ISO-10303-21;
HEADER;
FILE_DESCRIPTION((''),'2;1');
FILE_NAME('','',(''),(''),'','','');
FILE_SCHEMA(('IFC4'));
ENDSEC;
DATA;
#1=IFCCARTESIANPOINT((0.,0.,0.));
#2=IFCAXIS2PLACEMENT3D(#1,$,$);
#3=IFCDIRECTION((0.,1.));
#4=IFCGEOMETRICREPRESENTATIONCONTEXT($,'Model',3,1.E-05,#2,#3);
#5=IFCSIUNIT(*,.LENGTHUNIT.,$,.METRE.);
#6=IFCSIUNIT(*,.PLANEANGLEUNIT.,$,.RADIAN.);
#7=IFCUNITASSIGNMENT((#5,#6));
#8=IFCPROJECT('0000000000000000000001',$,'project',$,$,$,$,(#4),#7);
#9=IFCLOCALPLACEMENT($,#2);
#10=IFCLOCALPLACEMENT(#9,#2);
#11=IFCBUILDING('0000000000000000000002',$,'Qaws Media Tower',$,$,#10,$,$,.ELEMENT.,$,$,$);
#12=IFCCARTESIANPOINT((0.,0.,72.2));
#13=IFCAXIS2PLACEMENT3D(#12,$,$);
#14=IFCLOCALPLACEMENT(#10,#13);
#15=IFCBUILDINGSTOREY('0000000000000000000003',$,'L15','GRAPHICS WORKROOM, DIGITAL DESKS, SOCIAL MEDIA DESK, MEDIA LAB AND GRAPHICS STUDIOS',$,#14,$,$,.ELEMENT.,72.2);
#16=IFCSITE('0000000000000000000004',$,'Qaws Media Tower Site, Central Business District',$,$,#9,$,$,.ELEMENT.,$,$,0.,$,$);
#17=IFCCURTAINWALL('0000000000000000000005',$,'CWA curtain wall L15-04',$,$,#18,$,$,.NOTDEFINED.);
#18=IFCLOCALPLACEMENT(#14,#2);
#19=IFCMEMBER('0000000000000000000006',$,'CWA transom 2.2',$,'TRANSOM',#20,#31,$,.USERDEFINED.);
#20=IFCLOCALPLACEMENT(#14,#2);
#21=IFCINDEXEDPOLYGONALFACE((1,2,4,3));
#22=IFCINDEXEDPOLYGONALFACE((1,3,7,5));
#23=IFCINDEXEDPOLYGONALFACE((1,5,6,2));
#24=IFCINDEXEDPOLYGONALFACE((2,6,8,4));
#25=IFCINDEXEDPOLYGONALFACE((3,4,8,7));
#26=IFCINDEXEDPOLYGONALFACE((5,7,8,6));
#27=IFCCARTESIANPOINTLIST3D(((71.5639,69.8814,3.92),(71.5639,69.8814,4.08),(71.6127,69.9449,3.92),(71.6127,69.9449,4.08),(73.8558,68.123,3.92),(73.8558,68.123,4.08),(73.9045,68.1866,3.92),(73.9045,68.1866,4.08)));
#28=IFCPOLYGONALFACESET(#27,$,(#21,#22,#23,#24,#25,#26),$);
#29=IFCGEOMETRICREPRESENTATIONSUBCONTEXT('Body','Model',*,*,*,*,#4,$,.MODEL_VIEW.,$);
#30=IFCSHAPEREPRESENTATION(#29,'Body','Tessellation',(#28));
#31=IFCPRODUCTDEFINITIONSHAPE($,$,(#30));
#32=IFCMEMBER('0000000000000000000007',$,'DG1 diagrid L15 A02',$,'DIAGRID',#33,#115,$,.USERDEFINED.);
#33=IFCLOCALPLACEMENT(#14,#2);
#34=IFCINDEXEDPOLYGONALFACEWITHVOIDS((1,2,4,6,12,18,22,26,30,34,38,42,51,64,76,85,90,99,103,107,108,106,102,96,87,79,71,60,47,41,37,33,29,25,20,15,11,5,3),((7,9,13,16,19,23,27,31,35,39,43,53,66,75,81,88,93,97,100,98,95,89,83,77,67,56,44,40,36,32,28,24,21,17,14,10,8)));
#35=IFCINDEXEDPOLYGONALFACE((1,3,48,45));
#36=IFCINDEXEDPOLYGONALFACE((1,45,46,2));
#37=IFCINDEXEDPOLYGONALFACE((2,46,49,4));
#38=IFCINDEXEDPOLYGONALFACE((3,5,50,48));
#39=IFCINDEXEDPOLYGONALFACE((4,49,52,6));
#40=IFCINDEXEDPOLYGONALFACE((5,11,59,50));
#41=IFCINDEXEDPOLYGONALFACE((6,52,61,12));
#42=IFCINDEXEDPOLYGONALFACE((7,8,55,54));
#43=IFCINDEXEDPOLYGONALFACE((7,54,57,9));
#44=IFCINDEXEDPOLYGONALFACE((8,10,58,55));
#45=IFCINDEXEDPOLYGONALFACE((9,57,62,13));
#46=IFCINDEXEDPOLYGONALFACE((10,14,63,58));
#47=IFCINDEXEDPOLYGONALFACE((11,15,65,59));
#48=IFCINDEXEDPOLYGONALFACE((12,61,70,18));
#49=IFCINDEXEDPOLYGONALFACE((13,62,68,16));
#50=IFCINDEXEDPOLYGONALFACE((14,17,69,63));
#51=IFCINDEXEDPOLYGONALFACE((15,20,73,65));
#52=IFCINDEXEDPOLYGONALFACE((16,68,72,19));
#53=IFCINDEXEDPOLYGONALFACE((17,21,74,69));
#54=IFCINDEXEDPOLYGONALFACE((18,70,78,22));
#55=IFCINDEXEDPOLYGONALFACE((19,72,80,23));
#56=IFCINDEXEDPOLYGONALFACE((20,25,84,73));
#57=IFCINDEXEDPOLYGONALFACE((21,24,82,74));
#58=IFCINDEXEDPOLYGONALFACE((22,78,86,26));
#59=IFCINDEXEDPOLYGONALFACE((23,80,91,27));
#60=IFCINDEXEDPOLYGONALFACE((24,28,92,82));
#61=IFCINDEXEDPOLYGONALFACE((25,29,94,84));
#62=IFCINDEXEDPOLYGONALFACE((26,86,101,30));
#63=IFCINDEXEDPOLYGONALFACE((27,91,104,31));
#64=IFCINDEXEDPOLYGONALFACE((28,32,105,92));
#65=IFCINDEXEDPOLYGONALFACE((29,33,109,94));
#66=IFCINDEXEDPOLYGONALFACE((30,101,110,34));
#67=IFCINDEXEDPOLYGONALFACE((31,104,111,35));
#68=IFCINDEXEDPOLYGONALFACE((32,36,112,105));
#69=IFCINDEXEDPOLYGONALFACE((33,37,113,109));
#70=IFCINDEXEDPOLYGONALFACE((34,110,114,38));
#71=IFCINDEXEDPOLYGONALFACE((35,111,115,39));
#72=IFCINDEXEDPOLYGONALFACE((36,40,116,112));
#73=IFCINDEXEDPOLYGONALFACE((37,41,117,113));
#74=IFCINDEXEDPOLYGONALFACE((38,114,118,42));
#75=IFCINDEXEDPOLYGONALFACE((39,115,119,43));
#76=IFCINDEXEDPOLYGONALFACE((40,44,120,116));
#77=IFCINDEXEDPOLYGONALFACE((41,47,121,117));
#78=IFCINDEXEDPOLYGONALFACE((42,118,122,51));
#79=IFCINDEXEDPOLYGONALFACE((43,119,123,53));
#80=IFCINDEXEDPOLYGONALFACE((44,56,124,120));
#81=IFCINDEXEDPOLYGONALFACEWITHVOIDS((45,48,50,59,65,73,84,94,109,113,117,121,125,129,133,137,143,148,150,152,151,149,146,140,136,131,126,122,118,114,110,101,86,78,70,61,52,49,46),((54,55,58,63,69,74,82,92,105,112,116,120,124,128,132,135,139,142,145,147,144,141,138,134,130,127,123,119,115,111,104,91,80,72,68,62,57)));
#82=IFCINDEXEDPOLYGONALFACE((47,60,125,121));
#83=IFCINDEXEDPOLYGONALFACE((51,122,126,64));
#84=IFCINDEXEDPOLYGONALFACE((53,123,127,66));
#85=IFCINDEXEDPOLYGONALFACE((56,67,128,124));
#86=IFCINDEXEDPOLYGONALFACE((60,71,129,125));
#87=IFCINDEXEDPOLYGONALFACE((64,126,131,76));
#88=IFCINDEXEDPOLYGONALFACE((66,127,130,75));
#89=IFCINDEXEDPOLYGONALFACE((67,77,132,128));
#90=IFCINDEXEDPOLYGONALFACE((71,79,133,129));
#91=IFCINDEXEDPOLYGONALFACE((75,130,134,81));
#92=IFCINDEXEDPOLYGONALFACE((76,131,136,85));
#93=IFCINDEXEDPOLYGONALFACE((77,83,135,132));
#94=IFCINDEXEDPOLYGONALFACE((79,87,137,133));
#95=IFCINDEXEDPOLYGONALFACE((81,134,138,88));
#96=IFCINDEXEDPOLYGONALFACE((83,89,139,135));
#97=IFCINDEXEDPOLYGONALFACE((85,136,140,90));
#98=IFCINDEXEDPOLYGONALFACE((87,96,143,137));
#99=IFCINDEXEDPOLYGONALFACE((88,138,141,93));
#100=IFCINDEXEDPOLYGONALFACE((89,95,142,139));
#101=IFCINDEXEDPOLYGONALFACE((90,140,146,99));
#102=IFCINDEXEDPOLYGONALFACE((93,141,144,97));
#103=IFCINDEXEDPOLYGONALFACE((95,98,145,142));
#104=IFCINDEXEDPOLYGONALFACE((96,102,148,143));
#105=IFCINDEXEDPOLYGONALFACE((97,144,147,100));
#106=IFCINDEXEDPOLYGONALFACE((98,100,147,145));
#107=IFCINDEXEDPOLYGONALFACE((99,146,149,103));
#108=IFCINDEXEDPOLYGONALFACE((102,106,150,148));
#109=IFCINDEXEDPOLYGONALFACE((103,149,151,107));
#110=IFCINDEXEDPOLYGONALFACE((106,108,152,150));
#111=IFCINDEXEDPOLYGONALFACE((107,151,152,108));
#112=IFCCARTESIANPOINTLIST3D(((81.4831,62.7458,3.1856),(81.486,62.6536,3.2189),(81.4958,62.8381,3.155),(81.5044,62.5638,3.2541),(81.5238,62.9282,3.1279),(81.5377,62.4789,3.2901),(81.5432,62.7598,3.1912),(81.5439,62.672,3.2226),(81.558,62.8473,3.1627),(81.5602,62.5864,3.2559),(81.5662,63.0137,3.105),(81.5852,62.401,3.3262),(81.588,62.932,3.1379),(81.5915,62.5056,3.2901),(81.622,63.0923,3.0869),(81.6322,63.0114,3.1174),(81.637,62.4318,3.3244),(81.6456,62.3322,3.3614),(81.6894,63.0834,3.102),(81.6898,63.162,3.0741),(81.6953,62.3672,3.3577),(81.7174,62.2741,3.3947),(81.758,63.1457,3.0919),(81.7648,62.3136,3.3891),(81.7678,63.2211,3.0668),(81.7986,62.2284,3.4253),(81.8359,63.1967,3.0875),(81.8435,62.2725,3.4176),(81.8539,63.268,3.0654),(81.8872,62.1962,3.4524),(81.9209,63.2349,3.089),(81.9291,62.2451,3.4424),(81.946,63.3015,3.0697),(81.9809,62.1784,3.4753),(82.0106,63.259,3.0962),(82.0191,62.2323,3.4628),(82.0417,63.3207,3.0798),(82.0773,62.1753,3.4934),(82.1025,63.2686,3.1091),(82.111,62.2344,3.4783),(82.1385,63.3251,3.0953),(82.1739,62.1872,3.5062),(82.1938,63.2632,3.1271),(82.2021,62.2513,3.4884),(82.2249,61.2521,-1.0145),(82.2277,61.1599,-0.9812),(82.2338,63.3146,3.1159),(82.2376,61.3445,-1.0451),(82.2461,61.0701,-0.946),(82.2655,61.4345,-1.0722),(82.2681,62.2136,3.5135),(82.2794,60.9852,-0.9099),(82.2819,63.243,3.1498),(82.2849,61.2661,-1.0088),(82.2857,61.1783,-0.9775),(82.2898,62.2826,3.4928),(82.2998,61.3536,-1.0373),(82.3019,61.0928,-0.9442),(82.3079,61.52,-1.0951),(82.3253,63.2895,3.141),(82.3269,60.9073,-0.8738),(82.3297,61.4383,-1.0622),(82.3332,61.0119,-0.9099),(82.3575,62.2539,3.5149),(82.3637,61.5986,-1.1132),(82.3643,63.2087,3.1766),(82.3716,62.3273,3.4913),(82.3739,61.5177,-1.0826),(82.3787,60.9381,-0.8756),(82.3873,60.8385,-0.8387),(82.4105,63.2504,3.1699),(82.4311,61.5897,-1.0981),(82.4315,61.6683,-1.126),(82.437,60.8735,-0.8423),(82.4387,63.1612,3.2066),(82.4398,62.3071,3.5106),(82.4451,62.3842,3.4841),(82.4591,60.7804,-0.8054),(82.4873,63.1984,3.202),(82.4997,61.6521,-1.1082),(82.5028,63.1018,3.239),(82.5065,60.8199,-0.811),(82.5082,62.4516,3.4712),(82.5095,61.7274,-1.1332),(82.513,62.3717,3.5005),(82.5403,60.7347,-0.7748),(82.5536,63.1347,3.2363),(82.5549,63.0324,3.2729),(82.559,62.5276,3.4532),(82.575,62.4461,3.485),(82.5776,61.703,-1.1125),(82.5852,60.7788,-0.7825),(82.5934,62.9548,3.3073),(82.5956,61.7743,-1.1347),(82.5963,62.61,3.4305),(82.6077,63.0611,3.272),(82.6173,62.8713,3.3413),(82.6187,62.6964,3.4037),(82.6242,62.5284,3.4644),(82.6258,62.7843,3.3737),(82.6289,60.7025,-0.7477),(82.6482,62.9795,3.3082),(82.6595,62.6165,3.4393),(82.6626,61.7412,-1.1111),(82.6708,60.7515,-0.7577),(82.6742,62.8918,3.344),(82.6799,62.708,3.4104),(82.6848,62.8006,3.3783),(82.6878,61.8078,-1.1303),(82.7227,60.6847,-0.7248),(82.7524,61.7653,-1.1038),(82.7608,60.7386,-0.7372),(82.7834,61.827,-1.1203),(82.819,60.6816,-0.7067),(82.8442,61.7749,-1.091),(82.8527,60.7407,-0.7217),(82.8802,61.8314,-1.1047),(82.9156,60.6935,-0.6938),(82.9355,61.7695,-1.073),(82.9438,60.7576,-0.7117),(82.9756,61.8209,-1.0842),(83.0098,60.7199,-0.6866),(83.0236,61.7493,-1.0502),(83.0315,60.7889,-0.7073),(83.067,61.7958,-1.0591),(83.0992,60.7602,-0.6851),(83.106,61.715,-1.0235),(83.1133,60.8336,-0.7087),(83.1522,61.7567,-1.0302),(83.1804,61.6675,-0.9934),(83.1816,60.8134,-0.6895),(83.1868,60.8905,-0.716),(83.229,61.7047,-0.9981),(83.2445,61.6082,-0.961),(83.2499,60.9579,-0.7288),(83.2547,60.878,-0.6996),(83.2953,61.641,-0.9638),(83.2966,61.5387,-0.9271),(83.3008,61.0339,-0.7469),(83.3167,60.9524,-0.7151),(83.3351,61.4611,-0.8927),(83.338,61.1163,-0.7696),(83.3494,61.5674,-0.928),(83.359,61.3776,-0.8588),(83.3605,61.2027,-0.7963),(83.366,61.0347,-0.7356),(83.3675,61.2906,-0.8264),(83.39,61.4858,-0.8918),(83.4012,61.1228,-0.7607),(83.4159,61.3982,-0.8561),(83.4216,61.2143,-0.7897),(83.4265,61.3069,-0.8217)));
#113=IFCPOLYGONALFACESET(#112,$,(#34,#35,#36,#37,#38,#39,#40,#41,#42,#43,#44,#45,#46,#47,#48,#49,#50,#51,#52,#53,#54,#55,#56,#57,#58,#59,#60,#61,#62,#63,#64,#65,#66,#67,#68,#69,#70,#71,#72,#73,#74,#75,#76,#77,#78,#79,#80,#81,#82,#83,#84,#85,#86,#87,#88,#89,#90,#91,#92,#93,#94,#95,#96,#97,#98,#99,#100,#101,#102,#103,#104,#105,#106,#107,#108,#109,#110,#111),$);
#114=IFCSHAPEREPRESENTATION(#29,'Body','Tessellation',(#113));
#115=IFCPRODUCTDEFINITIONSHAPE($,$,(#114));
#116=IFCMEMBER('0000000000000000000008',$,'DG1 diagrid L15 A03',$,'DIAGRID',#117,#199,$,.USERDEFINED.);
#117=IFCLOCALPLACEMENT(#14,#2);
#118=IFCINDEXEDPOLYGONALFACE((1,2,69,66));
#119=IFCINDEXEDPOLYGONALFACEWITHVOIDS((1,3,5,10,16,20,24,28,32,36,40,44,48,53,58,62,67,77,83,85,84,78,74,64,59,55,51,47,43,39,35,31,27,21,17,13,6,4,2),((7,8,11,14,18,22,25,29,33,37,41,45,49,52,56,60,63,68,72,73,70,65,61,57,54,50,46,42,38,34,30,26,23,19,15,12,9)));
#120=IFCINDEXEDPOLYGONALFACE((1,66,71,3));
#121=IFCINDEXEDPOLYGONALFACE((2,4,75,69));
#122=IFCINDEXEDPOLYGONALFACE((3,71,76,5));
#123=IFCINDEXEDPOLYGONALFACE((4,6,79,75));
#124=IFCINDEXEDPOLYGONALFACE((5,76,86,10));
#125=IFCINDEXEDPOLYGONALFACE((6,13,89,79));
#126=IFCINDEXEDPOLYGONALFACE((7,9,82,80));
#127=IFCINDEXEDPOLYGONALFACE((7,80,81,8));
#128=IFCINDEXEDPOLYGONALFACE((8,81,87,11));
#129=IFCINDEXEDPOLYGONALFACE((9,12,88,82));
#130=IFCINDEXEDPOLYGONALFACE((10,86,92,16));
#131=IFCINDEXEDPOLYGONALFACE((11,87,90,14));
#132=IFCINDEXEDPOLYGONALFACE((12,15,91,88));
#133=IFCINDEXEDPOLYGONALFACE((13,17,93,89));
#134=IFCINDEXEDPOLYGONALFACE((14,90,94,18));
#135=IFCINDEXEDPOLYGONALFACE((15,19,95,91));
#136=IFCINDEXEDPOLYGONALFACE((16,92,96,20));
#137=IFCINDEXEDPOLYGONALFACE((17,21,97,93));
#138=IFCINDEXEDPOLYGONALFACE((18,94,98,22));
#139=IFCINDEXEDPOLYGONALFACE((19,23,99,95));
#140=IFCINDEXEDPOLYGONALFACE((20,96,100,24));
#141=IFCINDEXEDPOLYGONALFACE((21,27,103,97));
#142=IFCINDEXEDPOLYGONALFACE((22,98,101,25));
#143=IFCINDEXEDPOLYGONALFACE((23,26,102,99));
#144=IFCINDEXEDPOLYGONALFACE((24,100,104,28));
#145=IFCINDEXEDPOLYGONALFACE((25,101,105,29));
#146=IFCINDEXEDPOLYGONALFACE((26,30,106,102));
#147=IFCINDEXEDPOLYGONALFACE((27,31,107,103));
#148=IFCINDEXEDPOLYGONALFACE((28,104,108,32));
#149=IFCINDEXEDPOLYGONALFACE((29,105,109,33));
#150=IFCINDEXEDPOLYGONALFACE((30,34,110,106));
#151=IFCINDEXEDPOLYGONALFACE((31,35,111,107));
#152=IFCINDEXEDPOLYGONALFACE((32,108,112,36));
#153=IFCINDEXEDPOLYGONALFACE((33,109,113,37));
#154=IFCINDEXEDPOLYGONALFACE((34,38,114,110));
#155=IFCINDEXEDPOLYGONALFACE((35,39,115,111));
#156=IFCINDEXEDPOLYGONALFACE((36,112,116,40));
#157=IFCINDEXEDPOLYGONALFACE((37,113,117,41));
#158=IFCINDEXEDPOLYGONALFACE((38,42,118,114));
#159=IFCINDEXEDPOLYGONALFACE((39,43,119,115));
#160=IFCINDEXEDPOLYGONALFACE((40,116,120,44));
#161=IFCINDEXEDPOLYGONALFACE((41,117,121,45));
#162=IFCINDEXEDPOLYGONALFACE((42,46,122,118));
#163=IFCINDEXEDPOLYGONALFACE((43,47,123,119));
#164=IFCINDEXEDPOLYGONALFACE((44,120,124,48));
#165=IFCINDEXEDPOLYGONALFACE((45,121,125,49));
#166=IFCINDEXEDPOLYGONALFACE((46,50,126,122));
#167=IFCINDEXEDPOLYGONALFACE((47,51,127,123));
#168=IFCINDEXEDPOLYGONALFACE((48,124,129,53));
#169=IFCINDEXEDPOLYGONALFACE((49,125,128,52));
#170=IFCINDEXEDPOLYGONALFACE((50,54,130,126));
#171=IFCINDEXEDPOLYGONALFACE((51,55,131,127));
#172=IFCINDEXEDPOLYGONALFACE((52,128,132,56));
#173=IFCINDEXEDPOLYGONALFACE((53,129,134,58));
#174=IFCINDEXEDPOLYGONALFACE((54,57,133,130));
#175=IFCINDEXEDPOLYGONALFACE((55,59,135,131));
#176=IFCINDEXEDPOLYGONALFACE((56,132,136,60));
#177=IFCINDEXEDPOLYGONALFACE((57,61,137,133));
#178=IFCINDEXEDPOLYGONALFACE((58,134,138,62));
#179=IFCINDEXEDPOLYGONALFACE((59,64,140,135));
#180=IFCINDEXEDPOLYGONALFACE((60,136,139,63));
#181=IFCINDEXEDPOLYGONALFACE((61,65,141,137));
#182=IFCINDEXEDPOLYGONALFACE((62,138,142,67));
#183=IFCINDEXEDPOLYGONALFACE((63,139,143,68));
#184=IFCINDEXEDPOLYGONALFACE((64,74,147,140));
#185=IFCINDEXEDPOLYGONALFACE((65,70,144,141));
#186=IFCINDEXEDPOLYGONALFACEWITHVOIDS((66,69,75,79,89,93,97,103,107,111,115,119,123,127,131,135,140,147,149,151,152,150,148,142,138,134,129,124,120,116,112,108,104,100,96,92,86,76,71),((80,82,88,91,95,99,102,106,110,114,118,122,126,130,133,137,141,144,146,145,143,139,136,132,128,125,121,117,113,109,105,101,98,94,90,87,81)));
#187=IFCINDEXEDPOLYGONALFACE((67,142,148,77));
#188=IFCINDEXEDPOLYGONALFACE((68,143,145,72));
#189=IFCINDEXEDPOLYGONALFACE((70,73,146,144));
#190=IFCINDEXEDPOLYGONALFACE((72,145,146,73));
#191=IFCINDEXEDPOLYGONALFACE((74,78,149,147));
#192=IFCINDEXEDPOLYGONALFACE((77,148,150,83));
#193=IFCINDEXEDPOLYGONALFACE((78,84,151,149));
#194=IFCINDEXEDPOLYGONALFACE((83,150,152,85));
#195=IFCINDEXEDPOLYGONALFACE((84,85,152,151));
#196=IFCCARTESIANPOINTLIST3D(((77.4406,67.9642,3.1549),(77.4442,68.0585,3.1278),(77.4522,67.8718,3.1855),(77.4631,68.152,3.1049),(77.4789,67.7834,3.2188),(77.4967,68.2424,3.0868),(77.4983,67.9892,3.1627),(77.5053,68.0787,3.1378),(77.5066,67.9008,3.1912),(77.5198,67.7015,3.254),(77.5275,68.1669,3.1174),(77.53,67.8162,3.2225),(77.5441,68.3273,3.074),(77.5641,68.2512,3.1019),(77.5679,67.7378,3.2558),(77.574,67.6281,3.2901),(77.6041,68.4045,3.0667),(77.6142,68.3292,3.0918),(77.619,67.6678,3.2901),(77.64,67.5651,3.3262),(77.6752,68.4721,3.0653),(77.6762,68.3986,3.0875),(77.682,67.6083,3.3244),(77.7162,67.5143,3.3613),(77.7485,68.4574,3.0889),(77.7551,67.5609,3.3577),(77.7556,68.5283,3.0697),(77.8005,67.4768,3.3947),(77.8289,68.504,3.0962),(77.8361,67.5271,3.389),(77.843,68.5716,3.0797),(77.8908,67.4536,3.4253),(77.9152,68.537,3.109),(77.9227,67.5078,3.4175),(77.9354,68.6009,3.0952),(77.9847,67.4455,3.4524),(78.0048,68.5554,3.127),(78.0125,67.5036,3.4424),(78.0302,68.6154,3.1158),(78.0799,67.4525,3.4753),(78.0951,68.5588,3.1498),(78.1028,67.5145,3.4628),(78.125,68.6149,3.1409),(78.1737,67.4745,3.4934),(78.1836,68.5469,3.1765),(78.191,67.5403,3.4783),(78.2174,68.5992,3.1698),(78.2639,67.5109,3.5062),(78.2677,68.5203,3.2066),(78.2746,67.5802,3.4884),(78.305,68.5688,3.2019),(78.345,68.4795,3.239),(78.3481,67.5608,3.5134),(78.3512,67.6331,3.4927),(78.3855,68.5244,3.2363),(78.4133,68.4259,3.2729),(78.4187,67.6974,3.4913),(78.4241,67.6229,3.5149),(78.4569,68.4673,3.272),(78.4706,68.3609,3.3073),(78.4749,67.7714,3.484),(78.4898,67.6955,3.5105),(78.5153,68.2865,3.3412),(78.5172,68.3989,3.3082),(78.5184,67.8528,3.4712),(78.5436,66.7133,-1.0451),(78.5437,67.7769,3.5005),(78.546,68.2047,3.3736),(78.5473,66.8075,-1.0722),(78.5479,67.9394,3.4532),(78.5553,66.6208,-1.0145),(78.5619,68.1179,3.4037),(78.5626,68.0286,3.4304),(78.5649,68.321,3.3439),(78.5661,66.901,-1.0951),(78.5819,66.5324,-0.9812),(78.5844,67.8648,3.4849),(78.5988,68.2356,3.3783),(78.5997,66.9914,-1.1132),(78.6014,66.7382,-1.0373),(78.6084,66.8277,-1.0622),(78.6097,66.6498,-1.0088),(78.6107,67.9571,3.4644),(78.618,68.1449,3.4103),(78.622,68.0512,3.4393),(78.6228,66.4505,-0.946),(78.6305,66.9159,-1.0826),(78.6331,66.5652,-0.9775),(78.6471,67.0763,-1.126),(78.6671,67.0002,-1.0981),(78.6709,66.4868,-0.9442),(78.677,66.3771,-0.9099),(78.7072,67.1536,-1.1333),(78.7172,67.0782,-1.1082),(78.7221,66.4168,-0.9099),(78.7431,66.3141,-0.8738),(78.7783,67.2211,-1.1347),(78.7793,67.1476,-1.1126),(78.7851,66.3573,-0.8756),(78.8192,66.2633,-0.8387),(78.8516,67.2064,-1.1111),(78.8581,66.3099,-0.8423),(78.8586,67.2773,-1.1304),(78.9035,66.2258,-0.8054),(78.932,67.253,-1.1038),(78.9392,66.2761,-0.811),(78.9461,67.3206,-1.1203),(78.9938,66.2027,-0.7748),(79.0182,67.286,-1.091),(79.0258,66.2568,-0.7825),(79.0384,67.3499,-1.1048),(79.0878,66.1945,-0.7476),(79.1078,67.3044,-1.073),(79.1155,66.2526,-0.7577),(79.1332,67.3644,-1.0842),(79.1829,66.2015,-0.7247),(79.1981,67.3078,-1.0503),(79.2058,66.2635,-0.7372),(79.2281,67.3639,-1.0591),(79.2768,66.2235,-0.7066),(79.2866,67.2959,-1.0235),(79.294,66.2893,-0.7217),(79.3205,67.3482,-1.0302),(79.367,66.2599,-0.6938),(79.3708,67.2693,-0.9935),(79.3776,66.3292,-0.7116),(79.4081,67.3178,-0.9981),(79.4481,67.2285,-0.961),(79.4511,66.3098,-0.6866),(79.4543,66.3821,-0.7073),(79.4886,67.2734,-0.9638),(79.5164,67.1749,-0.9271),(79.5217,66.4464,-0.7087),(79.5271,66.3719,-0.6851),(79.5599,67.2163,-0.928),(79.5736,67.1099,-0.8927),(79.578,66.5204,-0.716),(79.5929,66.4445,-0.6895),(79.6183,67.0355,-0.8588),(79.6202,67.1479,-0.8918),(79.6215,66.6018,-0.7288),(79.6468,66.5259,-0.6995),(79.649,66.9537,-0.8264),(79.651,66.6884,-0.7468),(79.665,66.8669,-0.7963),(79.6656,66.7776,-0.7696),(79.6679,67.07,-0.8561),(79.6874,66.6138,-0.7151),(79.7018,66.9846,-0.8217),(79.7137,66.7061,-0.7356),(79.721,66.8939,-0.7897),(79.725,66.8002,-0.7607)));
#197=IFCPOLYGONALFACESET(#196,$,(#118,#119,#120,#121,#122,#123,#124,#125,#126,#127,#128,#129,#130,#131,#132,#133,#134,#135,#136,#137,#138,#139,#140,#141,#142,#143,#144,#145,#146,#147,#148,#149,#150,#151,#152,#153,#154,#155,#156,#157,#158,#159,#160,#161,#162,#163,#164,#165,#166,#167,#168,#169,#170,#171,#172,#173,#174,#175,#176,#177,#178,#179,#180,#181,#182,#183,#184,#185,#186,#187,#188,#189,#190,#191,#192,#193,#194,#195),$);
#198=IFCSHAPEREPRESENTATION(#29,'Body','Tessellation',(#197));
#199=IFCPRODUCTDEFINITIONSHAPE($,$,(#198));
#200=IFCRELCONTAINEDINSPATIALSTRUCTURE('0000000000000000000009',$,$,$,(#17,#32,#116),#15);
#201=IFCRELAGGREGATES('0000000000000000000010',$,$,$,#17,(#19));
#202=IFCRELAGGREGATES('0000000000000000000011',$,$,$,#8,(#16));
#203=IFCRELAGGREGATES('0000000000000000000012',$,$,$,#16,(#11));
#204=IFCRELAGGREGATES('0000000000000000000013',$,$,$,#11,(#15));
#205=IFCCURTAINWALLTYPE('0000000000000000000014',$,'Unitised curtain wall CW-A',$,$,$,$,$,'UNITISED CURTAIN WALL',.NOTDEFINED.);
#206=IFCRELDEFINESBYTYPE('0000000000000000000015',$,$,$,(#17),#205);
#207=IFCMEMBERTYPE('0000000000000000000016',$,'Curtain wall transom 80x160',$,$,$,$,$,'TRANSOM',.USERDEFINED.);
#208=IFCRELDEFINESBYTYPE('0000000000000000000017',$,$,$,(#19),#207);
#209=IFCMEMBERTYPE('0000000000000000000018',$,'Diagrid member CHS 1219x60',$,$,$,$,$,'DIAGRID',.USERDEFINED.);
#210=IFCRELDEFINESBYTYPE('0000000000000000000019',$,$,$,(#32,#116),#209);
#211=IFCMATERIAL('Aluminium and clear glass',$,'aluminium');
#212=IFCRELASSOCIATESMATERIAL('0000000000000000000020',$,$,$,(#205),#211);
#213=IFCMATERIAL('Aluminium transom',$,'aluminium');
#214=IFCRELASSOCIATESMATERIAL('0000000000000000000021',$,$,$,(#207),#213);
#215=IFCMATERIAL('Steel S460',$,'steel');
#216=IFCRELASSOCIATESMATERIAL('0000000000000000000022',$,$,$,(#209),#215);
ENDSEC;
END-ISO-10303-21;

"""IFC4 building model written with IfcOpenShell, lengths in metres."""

from ifc_helpers import new_model, si_unit, direction, frame, origin, origin_2d, place, context, subcontext, project, spatial, rectangle, hollow_circle, extrude, material, material_profile, profile_set, type_object, element, aggregate, save


model = new_model("IFC4")

# Units and contexts
model_context = context("Model", 3, precision=1e-05, world=origin(), true_north=direction((0.0, 1.0)))
body_context = subcontext(model_context, "Body", "Model", "MODEL_VIEW")
ifc_project = project(units=[si_unit("LENGTHUNIT", "METRE"), si_unit("PLANEANGLEUNIT", "RADIAN")], contexts=[model_context])

# Site, building, storey
site_placement = place(None, origin())
site = spatial("IfcSite", under=ifc_project, at=site_placement, Name="Qaws Media Tower Site, Central Business District", CompositionType="ELEMENT", RefElevation=0.0)
building_placement = place(site_placement, origin())
building = spatial("IfcBuilding", under=site, at=building_placement, Name="Qaws Media Tower", CompositionType="ELEMENT")
storey_placement = place(building_placement, frame((0.0, 0.0, 72.2)))
storey = spatial("IfcBuildingStorey", under=building, at=storey_placement, Name="L15", Description="GRAPHICS WORKROOM, DIGITAL DESKS, SOCIAL MEDIA DESK, MEDIA LAB AND GRAPHICS STUDIOS", CompositionType="ELEMENT", Elevation=72.2)

# Shared definitions
ifc_material_1 = material(Name="Aluminium and clear glass", Category="aluminium")
curtain_wall_type = type_object("IfcCurtainWallType", Name="Unitised curtain wall CW-A", ElementType="UNITISED CURTAIN WALL", PredefinedType="NOTDEFINED", material=ifc_material_1)

# Curtain wall
curtain_wall_1_placement = place(storey_placement, origin())
curtain_wall_1 = element("IfcCurtainWall", 1, at=curtain_wall_1_placement, inside=storey, type_object=curtain_wall_type, Name="CWA curtain wall L15-04", PredefinedType="NOTDEFINED")

# Member
ifc_material_2 = material(Name="Aluminium transom", Category="aluminium")
ifc_material_profile_1 = material_profile(ifc_material_2, rectangle(XDim=0.0801, YDim=0.1599, at=origin_2d()), Name="80x160")
ifc_profile_set_1 = profile_set([ifc_material_profile_1], Name="Aluminium transom")
member_type_1 = type_object("IfcMemberType", Name="Curtain wall transom 80x160", ElementType="TRANSOM", PredefinedType="USERDEFINED", material=ifc_profile_set_1)
member_1_placement = place(storey_placement, frame((73.8801, 68.1548, 4.0), z_axis=(-0.79339, 0.608714, 0.0), x_axis=(-0.608714, -0.79339, 0.0)))
member_1 = element("IfcMember", 2, at=member_1_placement, type_object=member_type_1, Name="CWA transom 2.2", ObjectType="TRANSOM", PredefinedType="USERDEFINED", context=body_context, shape_type="SweptSolid", body=[
    extrude(rectangle(XDim=0.0801, YDim=0.1599, at=origin_2d()), origin(), (0.0, 0.0, 1.0), 2.8887),
])

# Members
ifc_material_3 = material(Name="Steel S460", Category="steel")
ifc_material_profile_2 = material_profile(ifc_material_3, hollow_circle(Radius=0.6096, WallThickness=0.0601, at=origin_2d()), Name="CHS 1219x60")
ifc_profile_set_2 = profile_set([ifc_material_profile_2], Name="Steel S460")
member_type_2 = type_object("IfcMemberType", Name="Diagrid member CHS 1219x60", ElementType="DIAGRID", PredefinedType="USERDEFINED", material=ifc_profile_set_2)
for number, where, z_axis, x_axis, name in (
    (3, (82.8254, 61.2563, -0.9099), (-0.164132, 0.330532, 0.929413), (-0.895654, -0.444752, 0.0), "DG1 diagrid L15 A02"),
    (4, (79.1343, 66.7803, -0.9099), (-0.244088, 0.276827, 0.929402), (-0.750068, -0.66136, 0.0), "DG1 diagrid L15 A03"),
):
    element("IfcMember", number, at=place(storey_placement, frame(where, z_axis=z_axis, x_axis=x_axis)), inside=storey, type_object=member_type_2, Name=name, ObjectType="DIAGRID", PredefinedType="USERDEFINED", context=body_context, shape_type="SweptSolid", body=[
        extrude(hollow_circle(Radius=0.6096, WallThickness=0.0601, at=origin_2d()), origin(), (0.0, 0.0, 1.0), 4.519),
    ])

aggregate(curtain_wall_1, [member_1])

save(model, "model.ifc")
